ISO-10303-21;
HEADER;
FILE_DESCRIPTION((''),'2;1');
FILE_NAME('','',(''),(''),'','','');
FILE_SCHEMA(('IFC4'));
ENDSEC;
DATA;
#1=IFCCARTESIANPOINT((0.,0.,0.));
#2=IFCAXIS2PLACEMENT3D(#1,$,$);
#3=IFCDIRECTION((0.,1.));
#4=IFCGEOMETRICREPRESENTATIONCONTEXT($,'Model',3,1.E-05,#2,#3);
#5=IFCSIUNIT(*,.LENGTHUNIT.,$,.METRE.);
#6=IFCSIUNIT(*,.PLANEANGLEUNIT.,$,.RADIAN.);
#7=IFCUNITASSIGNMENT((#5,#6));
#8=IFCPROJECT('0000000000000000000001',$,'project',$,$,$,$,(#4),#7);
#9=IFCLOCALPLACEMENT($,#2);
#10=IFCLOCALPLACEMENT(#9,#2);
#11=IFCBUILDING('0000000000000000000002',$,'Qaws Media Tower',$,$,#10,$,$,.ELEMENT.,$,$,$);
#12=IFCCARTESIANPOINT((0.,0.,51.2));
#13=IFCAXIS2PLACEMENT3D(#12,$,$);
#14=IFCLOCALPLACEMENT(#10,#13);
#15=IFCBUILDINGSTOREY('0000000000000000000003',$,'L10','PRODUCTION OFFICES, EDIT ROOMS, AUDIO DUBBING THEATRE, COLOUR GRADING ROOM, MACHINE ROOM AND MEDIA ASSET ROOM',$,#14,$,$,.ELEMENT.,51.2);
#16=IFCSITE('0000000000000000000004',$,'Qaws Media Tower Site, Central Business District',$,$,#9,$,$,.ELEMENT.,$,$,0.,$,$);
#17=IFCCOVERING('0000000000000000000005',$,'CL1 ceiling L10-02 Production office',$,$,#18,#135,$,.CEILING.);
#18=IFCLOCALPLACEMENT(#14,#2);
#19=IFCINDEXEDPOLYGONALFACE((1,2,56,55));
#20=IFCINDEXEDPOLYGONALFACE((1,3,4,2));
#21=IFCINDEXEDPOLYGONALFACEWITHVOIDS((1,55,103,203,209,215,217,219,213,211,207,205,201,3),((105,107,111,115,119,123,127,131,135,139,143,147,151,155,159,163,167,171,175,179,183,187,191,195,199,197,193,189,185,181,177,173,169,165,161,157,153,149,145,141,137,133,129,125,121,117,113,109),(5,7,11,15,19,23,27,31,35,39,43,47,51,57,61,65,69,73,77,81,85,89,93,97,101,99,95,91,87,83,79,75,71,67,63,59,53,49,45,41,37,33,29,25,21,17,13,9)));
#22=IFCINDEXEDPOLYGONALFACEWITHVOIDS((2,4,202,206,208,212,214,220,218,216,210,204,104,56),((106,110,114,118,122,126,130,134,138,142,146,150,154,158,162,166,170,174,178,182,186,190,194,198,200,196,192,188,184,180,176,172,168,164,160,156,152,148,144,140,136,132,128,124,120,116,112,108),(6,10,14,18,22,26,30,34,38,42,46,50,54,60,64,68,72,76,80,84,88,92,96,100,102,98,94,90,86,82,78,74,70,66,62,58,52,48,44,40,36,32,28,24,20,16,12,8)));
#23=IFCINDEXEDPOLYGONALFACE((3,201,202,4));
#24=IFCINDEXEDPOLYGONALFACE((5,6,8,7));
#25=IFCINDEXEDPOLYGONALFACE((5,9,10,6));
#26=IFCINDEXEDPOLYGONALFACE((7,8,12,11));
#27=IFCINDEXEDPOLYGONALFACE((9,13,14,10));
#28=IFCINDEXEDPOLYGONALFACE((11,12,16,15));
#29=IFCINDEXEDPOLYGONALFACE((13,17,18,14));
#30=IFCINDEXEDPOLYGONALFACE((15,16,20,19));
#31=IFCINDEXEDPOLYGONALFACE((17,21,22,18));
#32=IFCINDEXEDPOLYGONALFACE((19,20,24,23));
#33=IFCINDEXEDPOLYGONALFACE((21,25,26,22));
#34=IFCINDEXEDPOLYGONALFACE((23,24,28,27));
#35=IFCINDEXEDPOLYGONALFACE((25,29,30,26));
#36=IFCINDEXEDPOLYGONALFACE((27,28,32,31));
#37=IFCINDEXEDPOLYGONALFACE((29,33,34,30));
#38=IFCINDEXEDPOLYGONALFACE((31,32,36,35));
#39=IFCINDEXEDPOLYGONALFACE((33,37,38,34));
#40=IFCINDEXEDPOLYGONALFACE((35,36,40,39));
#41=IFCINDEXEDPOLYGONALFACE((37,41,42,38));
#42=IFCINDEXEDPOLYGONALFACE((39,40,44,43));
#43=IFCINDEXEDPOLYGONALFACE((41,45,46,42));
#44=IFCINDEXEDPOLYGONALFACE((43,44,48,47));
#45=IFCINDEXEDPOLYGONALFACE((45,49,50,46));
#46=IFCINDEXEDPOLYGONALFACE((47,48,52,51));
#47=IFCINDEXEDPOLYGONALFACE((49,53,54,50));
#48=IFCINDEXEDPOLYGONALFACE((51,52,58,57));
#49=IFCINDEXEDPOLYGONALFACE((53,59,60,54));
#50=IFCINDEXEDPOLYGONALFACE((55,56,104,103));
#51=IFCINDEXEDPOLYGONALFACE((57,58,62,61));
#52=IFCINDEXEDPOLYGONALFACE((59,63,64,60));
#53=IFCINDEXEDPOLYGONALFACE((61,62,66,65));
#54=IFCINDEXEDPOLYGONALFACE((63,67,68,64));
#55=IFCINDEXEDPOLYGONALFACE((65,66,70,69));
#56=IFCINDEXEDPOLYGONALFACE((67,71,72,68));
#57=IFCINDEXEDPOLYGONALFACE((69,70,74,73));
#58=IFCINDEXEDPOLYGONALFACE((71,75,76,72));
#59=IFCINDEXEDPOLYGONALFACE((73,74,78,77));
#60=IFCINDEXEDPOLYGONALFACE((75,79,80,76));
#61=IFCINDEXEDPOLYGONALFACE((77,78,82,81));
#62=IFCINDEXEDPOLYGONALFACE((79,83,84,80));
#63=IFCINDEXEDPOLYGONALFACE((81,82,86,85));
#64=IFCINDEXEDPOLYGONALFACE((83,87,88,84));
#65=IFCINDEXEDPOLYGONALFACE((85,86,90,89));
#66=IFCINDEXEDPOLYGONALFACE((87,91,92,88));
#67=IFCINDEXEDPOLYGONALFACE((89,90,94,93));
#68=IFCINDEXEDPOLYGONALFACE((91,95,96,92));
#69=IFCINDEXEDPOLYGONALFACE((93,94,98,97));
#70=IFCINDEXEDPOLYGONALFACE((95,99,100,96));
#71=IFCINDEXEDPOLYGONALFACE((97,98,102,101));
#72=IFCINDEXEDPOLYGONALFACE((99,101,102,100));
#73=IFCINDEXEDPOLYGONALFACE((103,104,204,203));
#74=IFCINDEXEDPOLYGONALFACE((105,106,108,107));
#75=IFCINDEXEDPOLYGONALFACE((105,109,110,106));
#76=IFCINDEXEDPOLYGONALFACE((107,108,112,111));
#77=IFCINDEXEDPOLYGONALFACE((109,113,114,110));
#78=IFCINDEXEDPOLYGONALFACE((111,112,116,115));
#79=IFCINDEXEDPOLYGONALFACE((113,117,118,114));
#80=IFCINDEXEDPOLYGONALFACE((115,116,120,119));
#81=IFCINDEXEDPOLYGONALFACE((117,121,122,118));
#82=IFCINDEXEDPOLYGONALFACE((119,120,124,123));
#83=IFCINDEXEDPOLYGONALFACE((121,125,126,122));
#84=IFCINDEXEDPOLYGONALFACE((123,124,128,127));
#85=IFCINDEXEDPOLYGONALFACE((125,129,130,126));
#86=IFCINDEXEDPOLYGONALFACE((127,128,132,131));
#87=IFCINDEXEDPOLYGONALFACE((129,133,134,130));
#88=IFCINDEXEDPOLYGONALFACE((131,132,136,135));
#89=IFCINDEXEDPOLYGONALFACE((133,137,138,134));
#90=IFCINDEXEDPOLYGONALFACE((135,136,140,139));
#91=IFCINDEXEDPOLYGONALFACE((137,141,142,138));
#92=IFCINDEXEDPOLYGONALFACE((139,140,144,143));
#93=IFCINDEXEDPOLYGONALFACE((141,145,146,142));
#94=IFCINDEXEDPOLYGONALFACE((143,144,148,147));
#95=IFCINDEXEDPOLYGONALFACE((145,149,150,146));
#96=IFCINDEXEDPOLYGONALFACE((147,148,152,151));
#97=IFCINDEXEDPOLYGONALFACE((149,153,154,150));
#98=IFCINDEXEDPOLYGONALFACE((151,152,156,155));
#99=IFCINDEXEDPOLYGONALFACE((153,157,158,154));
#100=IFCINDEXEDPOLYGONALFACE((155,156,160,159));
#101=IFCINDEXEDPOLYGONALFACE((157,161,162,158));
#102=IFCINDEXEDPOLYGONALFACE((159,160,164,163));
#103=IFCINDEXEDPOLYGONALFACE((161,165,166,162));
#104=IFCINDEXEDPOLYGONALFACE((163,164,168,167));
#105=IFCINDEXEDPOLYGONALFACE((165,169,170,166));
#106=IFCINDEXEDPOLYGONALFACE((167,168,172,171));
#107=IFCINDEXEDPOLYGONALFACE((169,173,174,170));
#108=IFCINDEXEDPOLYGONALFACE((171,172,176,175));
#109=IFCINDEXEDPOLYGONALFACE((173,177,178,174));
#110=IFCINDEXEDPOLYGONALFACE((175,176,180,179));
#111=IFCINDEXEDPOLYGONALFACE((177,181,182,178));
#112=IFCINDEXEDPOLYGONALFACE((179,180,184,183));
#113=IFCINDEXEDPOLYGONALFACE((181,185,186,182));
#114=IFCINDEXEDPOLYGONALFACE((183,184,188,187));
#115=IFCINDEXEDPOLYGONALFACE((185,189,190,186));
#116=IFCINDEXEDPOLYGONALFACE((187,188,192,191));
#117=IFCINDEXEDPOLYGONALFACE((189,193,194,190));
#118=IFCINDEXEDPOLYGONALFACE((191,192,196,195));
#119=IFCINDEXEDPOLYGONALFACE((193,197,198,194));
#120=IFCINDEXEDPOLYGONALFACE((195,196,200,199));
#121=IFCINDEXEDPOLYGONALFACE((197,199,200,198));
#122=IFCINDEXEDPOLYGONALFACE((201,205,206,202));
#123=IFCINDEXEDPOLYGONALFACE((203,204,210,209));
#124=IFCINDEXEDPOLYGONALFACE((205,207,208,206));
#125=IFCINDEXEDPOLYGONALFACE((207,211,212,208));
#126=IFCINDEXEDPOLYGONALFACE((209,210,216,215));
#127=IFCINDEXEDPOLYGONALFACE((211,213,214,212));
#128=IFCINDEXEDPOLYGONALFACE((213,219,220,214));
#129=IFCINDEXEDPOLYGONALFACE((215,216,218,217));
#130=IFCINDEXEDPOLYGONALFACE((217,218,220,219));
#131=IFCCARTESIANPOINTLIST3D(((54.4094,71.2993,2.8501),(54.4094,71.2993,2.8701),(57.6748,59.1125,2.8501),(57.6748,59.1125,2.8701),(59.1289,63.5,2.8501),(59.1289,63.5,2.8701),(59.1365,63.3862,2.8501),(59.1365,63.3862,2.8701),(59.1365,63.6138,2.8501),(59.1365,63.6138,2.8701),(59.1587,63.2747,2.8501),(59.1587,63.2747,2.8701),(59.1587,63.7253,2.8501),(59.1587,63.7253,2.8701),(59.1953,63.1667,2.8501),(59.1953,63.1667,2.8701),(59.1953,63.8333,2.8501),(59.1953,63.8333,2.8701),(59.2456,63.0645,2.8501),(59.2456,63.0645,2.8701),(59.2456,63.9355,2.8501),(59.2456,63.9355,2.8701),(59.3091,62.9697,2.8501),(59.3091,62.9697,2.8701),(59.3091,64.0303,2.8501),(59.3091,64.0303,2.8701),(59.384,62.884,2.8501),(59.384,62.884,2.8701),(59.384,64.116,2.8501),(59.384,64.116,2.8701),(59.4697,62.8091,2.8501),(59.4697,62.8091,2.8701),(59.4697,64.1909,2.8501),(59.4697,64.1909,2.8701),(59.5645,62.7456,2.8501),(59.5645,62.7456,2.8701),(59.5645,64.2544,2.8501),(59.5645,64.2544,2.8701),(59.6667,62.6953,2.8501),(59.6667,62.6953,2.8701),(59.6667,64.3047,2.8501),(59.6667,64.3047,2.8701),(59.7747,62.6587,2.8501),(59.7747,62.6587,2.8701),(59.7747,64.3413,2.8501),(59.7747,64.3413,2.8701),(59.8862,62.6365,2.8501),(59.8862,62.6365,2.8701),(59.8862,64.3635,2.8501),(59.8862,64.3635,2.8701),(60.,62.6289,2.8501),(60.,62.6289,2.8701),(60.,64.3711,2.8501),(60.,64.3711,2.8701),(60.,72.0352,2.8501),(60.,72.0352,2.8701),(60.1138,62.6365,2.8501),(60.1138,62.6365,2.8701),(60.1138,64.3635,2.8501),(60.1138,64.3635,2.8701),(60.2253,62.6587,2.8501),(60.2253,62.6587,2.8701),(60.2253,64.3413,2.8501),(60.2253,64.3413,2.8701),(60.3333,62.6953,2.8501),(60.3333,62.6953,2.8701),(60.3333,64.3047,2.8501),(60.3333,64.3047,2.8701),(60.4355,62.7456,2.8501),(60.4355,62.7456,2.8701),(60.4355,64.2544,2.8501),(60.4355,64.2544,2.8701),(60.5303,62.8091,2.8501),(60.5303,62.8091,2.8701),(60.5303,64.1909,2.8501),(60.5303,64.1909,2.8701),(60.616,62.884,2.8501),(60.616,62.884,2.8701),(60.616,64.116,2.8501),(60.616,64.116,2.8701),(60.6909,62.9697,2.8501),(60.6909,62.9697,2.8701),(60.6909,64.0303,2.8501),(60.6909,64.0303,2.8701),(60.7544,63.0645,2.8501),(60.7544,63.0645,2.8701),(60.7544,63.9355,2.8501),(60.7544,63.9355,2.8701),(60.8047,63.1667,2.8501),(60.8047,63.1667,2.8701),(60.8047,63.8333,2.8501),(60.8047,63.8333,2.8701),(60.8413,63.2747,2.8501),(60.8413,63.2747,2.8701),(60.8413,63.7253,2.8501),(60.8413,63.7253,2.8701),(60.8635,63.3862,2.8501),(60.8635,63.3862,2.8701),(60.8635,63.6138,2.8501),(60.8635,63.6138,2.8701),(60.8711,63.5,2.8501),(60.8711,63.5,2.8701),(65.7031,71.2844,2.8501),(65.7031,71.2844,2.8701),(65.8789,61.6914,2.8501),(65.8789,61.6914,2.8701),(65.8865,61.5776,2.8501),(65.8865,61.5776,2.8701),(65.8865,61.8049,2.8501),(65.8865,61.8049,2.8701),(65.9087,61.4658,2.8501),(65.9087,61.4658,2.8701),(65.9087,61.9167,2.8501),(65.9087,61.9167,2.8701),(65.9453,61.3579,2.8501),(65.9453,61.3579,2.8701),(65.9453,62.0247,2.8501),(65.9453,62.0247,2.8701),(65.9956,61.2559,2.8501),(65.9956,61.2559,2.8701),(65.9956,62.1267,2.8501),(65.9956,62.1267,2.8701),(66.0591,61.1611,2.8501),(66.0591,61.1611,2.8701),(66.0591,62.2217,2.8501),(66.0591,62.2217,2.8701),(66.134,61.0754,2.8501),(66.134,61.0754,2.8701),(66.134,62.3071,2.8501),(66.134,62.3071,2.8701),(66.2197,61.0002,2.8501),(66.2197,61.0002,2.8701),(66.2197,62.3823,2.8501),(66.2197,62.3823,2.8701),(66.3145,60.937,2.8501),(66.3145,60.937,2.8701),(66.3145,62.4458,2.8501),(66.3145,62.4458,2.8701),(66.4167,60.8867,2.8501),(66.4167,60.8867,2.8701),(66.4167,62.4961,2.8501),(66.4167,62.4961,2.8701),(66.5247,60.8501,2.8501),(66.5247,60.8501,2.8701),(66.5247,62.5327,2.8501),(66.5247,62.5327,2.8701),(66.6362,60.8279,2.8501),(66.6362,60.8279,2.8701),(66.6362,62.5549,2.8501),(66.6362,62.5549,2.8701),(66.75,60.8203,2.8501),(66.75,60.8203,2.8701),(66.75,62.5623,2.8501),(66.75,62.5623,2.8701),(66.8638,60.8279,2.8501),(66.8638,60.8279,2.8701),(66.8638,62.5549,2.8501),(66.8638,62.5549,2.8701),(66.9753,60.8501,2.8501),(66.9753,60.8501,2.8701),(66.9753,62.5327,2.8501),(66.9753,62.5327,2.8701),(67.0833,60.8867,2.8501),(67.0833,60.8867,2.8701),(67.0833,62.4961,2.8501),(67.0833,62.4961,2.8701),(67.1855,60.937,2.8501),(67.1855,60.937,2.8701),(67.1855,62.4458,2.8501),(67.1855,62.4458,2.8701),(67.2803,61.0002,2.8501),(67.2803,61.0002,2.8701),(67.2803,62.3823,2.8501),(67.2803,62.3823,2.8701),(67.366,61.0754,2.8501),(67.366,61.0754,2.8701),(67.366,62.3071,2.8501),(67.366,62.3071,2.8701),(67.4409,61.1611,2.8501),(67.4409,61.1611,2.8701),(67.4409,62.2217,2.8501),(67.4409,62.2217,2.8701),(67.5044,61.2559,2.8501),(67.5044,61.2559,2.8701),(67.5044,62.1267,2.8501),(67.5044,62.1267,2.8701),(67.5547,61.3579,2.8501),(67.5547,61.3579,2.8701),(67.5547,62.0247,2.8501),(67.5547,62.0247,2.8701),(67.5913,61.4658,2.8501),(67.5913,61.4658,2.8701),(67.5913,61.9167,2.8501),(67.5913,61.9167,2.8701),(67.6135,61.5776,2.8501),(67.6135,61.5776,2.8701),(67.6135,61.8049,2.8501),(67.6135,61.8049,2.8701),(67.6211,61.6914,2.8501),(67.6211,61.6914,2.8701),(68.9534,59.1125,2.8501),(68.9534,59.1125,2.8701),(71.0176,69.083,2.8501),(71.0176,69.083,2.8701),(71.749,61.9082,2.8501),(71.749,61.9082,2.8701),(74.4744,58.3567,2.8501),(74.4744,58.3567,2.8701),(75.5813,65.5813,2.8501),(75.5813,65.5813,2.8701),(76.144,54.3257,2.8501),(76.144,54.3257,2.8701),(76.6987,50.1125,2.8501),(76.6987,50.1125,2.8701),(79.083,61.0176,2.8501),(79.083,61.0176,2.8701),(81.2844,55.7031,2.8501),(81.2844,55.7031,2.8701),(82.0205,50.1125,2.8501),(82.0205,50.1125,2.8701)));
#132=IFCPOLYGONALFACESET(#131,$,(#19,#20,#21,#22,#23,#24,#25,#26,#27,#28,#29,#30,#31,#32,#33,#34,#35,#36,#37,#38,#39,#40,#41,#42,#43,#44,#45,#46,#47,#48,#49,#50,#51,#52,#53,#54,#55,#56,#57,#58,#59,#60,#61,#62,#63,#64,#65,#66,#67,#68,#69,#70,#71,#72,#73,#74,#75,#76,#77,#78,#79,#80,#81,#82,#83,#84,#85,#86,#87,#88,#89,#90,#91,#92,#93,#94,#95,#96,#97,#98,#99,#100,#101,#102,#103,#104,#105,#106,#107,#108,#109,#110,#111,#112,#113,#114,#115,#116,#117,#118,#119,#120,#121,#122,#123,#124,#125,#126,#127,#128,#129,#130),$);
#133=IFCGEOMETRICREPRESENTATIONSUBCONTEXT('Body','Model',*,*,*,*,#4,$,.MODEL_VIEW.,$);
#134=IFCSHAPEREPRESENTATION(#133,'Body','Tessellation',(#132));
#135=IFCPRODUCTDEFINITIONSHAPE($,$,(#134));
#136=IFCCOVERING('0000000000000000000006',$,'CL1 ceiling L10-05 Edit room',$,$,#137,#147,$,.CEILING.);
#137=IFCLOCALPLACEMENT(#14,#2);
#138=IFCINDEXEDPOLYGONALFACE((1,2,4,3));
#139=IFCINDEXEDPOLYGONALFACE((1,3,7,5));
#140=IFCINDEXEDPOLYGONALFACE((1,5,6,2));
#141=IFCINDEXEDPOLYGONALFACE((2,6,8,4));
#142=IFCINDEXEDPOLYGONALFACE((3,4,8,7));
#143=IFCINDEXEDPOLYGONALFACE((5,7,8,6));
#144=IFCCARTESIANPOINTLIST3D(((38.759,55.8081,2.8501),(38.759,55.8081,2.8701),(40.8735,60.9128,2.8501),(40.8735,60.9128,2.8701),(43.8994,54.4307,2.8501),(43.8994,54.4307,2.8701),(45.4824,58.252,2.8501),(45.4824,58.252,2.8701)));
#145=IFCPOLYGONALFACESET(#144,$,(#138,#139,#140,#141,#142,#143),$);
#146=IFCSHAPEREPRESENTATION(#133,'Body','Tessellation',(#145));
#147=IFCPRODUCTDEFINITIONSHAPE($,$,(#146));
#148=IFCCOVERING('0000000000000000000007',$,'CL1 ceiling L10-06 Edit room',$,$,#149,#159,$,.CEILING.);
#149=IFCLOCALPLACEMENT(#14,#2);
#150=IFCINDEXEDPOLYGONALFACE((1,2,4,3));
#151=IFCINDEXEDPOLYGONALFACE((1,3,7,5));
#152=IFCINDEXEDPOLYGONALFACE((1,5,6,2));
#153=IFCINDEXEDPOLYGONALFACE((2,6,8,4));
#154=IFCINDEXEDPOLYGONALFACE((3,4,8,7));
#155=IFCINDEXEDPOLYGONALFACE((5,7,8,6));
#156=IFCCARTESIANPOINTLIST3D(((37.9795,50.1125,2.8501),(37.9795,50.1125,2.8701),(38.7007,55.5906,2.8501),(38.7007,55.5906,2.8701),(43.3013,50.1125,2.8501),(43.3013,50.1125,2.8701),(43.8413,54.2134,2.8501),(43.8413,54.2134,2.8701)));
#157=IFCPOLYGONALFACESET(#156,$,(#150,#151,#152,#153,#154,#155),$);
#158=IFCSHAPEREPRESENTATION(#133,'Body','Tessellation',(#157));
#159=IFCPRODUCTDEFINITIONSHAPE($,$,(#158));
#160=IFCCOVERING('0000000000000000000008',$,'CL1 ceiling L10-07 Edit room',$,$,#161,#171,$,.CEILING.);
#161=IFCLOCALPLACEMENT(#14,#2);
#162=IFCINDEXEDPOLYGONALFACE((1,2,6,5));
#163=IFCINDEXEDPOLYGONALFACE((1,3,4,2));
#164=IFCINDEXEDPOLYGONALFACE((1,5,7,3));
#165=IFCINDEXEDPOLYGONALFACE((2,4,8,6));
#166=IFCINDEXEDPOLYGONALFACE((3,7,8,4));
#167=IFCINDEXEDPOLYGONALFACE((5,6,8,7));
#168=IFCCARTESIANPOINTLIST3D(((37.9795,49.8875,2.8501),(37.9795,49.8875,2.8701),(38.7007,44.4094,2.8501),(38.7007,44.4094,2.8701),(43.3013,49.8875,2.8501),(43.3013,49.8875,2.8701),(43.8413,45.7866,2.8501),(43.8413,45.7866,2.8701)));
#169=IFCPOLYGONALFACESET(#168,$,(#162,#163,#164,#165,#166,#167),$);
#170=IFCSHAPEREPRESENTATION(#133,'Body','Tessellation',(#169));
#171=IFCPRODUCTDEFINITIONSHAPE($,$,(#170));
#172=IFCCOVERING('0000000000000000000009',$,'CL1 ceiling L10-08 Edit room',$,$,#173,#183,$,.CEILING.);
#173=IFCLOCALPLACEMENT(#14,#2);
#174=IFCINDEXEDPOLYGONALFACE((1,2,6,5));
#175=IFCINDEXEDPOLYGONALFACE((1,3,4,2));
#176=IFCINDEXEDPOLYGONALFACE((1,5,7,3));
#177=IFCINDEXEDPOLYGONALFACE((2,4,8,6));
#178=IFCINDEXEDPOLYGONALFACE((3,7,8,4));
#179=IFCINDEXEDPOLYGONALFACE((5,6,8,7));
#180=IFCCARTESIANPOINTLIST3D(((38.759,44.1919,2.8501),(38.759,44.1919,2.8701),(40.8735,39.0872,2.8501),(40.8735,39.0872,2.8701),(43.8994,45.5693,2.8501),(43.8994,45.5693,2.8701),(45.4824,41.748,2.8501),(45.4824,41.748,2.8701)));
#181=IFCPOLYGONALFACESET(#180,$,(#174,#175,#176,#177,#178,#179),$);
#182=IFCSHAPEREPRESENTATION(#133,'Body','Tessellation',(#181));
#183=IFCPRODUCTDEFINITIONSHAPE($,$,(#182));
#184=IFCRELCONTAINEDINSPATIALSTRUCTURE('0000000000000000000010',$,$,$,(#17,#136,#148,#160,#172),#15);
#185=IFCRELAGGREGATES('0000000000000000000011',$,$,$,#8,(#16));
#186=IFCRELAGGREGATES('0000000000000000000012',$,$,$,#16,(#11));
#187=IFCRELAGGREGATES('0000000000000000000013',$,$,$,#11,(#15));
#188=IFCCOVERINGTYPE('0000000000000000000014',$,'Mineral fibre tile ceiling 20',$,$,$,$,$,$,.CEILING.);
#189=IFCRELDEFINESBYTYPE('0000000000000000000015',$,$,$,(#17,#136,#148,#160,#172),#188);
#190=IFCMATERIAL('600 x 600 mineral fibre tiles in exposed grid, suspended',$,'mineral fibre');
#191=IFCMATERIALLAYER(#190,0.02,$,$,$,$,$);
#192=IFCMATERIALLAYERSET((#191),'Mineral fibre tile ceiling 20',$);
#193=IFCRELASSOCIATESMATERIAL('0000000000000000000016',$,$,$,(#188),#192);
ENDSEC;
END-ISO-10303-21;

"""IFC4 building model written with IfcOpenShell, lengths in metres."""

from ifc_helpers import new_model, si_unit, direction, frame, origin, place, context, subcontext, project, spatial, polyline, outline, extrude, material, layer, layer_set, type_object, element, save


model = new_model("IFC4")

# Units and contexts
model_context = context("Model", 3, precision=1e-05, world=origin(), true_north=direction((0.0, 1.0)))
body_context = subcontext(model_context, "Body", "Model", "MODEL_VIEW")
ifc_project = project(units=[si_unit("LENGTHUNIT", "METRE"), si_unit("PLANEANGLEUNIT", "RADIAN")], contexts=[model_context])

# Site, building, storey
site_placement = place(None, origin())
site = spatial("IfcSite", under=ifc_project, at=site_placement, Name="Qaws Media Tower Site, Central Business District", CompositionType="ELEMENT", RefElevation=0.0)
building_placement = place(site_placement, origin())
building = spatial("IfcBuilding", under=site, at=building_placement, Name="Qaws Media Tower", CompositionType="ELEMENT")
storey_placement = place(building_placement, frame((0.0, 0.0, 51.2)))
storey = spatial("IfcBuildingStorey", under=building, at=storey_placement, Name="L10", Description="PRODUCTION OFFICES, EDIT ROOMS, AUDIO DUBBING THEATRE, COLOUR GRADING ROOM, MACHINE ROOM AND MEDIA ASSET ROOM", CompositionType="ELEMENT", Elevation=51.2)

# Coverings
ifc_material_1 = material(Name="600 x 600 mineral fibre tiles in exposed grid, suspended", Category="mineral fibre")
ifc_layer_1 = layer(ifc_material_1, 0.02)
ifc_layer_set_1 = layer_set([ifc_layer_1], Name="Mineral fibre tile ceiling 20")
covering_type_1 = type_object("IfcCoveringType", Name="Mineral fibre tile ceiling 20", PredefinedType="CEILING", material=ifc_layer_set_1)
covering_1_placement = place(storey_placement, frame((0.0, 0.0, 2.8501)))
element("IfcCovering", 1, at=covering_1_placement, inside=storey, type_object=covering_type_1, Name="CL1 ceiling L10-02 Production office", PredefinedType="CEILING", context=body_context, shape_type="SweptSolid", body=[
    extrude(outline(polyline([(60.0, 72.0352), (65.7031, 71.2844), (71.0176, 69.083), (75.5813, 65.5813), (79.083, 61.0176), (81.2844, 55.7031), (82.0205, 50.1125), (76.6987, 50.1125), (76.144, 54.3257), (74.4744, 58.3567), (71.749, 61.9082), (68.9534, 59.1125), (57.6748, 59.1125), (54.4094, 71.2993), (60.0, 72.0352)]), holes=[polyline([(60.8047, 63.1667), (60.8413, 63.2747), (60.8635, 63.3862), (60.8711, 63.5), (60.8635, 63.6138), (60.8413, 63.7253), (60.8047, 63.8333), (60.7544, 63.9355), (60.6909, 64.0303), (60.616, 64.116), (60.5303, 64.1909), (60.4355, 64.2544), (60.3333, 64.3047), (60.2253, 64.3413), (60.1138, 64.3635), (60.0, 64.3711), (59.8862, 64.3635), (59.7747, 64.3413), (59.6667, 64.3047), (59.5645, 64.2544), (59.4697, 64.1909), (59.384, 64.116), (59.3091, 64.0303), (59.2456, 63.9355), (59.1953, 63.8333), (59.1587, 63.7253), (59.1365, 63.6138), (59.1289, 63.5), (59.1365, 63.3862), (59.1587, 63.2747), (59.1953, 63.1667), (59.2456, 63.0645), (59.3091, 62.9697), (59.384, 62.884), (59.4697, 62.8091), (59.5645, 62.7456), (59.6667, 62.6953), (59.7747, 62.6587), (59.8862, 62.6365), (60.0, 62.6289), (60.1138, 62.6365), (60.2253, 62.6587), (60.3333, 62.6953), (60.4355, 62.7456), (60.5303, 62.8091), (60.616, 62.884), (60.6909, 62.9697), (60.7544, 63.0645), (60.8047, 63.1667)]), polyline([(67.5547, 61.3579), (67.5913, 61.4658), (67.6135, 61.5776), (67.6211, 61.6914), (67.6135, 61.8049), (67.5913, 61.9167), (67.5547, 62.0247), (67.5044, 62.1267), (67.4409, 62.2217), (67.366, 62.3071), (67.2803, 62.3823), (67.1855, 62.4458), (67.0833, 62.4961), (66.9753, 62.5327), (66.8638, 62.5549), (66.75, 62.5623), (66.6362, 62.5549), (66.5247, 62.5327), (66.4167, 62.4961), (66.3145, 62.4458), (66.2197, 62.3823), (66.134, 62.3071), (66.0591, 62.2217), (65.9956, 62.1267), (65.9453, 62.0247), (65.9087, 61.9167), (65.8865, 61.8049), (65.8789, 61.6914), (65.8865, 61.5776), (65.9087, 61.4658), (65.9453, 61.3579), (65.9956, 61.2559), (66.0591, 61.1611), (66.134, 61.0754), (66.2197, 61.0002), (66.3145, 60.937), (66.4167, 60.8867), (66.5247, 60.8501), (66.6362, 60.8279), (66.75, 60.8203), (66.8638, 60.8279), (66.9753, 60.8501), (67.0833, 60.8867), (67.1855, 60.937), (67.2803, 61.0002), (67.366, 61.0754), (67.4409, 61.1611), (67.5044, 61.2559), (67.5547, 61.3579)])]), origin(), (0.0, 0.0, 1.0), 0.02),
])
covering_2_placement = place(storey_placement, frame((0.0, 0.0, 2.8501)))
element("IfcCovering", 2, at=covering_2_placement, inside=storey, type_object=covering_type_1, Name="CL1 ceiling L10-05 Edit room", PredefinedType="CEILING", context=body_context, shape_type="SweptSolid", body=[
    extrude(outline(polyline([(40.8735, 60.9128), (45.4824, 58.252), (43.8994, 54.4307), (38.759, 55.8081), (40.8735, 60.9128)])), origin(), (0.0, 0.0, 1.0), 0.02),
])
covering_3_placement = place(storey_placement, frame((0.0, 0.0, 2.8501)))
element("IfcCovering", 3, at=covering_3_placement, inside=storey, type_object=covering_type_1, Name="CL1 ceiling L10-06 Edit room", PredefinedType="CEILING", context=body_context, shape_type="SweptSolid", body=[
    extrude(outline(polyline([(38.7007, 55.5906), (43.8413, 54.2134), (43.3013, 50.1125), (37.9795, 50.1125), (38.7007, 55.5906)])), origin(), (0.0, 0.0, 1.0), 0.02),
])
covering_4_placement = place(storey_placement, frame((0.0, 0.0, 2.8501)))
element("IfcCovering", 4, at=covering_4_placement, inside=storey, type_object=covering_type_1, Name="CL1 ceiling L10-07 Edit room", PredefinedType="CEILING", context=body_context, shape_type="SweptSolid", body=[
    extrude(outline(polyline([(37.9795, 49.8875), (43.3013, 49.8875), (43.8413, 45.7866), (38.7007, 44.4094), (37.9795, 49.8875)])), origin(), (0.0, 0.0, 1.0), 0.02),
])
covering_5_placement = place(storey_placement, frame((0.0, 0.0, 2.8501)))
element("IfcCovering", 5, at=covering_5_placement, inside=storey, type_object=covering_type_1, Name="CL1 ceiling L10-08 Edit room", PredefinedType="CEILING", context=body_context, shape_type="SweptSolid", body=[
    extrude(outline(polyline([(38.759, 44.1919), (43.8994, 45.5693), (45.4824, 41.748), (40.8735, 39.0872), (38.759, 44.1919)])), origin(), (0.0, 0.0, 1.0), 0.02),
])

save(model, "model.ifc")
